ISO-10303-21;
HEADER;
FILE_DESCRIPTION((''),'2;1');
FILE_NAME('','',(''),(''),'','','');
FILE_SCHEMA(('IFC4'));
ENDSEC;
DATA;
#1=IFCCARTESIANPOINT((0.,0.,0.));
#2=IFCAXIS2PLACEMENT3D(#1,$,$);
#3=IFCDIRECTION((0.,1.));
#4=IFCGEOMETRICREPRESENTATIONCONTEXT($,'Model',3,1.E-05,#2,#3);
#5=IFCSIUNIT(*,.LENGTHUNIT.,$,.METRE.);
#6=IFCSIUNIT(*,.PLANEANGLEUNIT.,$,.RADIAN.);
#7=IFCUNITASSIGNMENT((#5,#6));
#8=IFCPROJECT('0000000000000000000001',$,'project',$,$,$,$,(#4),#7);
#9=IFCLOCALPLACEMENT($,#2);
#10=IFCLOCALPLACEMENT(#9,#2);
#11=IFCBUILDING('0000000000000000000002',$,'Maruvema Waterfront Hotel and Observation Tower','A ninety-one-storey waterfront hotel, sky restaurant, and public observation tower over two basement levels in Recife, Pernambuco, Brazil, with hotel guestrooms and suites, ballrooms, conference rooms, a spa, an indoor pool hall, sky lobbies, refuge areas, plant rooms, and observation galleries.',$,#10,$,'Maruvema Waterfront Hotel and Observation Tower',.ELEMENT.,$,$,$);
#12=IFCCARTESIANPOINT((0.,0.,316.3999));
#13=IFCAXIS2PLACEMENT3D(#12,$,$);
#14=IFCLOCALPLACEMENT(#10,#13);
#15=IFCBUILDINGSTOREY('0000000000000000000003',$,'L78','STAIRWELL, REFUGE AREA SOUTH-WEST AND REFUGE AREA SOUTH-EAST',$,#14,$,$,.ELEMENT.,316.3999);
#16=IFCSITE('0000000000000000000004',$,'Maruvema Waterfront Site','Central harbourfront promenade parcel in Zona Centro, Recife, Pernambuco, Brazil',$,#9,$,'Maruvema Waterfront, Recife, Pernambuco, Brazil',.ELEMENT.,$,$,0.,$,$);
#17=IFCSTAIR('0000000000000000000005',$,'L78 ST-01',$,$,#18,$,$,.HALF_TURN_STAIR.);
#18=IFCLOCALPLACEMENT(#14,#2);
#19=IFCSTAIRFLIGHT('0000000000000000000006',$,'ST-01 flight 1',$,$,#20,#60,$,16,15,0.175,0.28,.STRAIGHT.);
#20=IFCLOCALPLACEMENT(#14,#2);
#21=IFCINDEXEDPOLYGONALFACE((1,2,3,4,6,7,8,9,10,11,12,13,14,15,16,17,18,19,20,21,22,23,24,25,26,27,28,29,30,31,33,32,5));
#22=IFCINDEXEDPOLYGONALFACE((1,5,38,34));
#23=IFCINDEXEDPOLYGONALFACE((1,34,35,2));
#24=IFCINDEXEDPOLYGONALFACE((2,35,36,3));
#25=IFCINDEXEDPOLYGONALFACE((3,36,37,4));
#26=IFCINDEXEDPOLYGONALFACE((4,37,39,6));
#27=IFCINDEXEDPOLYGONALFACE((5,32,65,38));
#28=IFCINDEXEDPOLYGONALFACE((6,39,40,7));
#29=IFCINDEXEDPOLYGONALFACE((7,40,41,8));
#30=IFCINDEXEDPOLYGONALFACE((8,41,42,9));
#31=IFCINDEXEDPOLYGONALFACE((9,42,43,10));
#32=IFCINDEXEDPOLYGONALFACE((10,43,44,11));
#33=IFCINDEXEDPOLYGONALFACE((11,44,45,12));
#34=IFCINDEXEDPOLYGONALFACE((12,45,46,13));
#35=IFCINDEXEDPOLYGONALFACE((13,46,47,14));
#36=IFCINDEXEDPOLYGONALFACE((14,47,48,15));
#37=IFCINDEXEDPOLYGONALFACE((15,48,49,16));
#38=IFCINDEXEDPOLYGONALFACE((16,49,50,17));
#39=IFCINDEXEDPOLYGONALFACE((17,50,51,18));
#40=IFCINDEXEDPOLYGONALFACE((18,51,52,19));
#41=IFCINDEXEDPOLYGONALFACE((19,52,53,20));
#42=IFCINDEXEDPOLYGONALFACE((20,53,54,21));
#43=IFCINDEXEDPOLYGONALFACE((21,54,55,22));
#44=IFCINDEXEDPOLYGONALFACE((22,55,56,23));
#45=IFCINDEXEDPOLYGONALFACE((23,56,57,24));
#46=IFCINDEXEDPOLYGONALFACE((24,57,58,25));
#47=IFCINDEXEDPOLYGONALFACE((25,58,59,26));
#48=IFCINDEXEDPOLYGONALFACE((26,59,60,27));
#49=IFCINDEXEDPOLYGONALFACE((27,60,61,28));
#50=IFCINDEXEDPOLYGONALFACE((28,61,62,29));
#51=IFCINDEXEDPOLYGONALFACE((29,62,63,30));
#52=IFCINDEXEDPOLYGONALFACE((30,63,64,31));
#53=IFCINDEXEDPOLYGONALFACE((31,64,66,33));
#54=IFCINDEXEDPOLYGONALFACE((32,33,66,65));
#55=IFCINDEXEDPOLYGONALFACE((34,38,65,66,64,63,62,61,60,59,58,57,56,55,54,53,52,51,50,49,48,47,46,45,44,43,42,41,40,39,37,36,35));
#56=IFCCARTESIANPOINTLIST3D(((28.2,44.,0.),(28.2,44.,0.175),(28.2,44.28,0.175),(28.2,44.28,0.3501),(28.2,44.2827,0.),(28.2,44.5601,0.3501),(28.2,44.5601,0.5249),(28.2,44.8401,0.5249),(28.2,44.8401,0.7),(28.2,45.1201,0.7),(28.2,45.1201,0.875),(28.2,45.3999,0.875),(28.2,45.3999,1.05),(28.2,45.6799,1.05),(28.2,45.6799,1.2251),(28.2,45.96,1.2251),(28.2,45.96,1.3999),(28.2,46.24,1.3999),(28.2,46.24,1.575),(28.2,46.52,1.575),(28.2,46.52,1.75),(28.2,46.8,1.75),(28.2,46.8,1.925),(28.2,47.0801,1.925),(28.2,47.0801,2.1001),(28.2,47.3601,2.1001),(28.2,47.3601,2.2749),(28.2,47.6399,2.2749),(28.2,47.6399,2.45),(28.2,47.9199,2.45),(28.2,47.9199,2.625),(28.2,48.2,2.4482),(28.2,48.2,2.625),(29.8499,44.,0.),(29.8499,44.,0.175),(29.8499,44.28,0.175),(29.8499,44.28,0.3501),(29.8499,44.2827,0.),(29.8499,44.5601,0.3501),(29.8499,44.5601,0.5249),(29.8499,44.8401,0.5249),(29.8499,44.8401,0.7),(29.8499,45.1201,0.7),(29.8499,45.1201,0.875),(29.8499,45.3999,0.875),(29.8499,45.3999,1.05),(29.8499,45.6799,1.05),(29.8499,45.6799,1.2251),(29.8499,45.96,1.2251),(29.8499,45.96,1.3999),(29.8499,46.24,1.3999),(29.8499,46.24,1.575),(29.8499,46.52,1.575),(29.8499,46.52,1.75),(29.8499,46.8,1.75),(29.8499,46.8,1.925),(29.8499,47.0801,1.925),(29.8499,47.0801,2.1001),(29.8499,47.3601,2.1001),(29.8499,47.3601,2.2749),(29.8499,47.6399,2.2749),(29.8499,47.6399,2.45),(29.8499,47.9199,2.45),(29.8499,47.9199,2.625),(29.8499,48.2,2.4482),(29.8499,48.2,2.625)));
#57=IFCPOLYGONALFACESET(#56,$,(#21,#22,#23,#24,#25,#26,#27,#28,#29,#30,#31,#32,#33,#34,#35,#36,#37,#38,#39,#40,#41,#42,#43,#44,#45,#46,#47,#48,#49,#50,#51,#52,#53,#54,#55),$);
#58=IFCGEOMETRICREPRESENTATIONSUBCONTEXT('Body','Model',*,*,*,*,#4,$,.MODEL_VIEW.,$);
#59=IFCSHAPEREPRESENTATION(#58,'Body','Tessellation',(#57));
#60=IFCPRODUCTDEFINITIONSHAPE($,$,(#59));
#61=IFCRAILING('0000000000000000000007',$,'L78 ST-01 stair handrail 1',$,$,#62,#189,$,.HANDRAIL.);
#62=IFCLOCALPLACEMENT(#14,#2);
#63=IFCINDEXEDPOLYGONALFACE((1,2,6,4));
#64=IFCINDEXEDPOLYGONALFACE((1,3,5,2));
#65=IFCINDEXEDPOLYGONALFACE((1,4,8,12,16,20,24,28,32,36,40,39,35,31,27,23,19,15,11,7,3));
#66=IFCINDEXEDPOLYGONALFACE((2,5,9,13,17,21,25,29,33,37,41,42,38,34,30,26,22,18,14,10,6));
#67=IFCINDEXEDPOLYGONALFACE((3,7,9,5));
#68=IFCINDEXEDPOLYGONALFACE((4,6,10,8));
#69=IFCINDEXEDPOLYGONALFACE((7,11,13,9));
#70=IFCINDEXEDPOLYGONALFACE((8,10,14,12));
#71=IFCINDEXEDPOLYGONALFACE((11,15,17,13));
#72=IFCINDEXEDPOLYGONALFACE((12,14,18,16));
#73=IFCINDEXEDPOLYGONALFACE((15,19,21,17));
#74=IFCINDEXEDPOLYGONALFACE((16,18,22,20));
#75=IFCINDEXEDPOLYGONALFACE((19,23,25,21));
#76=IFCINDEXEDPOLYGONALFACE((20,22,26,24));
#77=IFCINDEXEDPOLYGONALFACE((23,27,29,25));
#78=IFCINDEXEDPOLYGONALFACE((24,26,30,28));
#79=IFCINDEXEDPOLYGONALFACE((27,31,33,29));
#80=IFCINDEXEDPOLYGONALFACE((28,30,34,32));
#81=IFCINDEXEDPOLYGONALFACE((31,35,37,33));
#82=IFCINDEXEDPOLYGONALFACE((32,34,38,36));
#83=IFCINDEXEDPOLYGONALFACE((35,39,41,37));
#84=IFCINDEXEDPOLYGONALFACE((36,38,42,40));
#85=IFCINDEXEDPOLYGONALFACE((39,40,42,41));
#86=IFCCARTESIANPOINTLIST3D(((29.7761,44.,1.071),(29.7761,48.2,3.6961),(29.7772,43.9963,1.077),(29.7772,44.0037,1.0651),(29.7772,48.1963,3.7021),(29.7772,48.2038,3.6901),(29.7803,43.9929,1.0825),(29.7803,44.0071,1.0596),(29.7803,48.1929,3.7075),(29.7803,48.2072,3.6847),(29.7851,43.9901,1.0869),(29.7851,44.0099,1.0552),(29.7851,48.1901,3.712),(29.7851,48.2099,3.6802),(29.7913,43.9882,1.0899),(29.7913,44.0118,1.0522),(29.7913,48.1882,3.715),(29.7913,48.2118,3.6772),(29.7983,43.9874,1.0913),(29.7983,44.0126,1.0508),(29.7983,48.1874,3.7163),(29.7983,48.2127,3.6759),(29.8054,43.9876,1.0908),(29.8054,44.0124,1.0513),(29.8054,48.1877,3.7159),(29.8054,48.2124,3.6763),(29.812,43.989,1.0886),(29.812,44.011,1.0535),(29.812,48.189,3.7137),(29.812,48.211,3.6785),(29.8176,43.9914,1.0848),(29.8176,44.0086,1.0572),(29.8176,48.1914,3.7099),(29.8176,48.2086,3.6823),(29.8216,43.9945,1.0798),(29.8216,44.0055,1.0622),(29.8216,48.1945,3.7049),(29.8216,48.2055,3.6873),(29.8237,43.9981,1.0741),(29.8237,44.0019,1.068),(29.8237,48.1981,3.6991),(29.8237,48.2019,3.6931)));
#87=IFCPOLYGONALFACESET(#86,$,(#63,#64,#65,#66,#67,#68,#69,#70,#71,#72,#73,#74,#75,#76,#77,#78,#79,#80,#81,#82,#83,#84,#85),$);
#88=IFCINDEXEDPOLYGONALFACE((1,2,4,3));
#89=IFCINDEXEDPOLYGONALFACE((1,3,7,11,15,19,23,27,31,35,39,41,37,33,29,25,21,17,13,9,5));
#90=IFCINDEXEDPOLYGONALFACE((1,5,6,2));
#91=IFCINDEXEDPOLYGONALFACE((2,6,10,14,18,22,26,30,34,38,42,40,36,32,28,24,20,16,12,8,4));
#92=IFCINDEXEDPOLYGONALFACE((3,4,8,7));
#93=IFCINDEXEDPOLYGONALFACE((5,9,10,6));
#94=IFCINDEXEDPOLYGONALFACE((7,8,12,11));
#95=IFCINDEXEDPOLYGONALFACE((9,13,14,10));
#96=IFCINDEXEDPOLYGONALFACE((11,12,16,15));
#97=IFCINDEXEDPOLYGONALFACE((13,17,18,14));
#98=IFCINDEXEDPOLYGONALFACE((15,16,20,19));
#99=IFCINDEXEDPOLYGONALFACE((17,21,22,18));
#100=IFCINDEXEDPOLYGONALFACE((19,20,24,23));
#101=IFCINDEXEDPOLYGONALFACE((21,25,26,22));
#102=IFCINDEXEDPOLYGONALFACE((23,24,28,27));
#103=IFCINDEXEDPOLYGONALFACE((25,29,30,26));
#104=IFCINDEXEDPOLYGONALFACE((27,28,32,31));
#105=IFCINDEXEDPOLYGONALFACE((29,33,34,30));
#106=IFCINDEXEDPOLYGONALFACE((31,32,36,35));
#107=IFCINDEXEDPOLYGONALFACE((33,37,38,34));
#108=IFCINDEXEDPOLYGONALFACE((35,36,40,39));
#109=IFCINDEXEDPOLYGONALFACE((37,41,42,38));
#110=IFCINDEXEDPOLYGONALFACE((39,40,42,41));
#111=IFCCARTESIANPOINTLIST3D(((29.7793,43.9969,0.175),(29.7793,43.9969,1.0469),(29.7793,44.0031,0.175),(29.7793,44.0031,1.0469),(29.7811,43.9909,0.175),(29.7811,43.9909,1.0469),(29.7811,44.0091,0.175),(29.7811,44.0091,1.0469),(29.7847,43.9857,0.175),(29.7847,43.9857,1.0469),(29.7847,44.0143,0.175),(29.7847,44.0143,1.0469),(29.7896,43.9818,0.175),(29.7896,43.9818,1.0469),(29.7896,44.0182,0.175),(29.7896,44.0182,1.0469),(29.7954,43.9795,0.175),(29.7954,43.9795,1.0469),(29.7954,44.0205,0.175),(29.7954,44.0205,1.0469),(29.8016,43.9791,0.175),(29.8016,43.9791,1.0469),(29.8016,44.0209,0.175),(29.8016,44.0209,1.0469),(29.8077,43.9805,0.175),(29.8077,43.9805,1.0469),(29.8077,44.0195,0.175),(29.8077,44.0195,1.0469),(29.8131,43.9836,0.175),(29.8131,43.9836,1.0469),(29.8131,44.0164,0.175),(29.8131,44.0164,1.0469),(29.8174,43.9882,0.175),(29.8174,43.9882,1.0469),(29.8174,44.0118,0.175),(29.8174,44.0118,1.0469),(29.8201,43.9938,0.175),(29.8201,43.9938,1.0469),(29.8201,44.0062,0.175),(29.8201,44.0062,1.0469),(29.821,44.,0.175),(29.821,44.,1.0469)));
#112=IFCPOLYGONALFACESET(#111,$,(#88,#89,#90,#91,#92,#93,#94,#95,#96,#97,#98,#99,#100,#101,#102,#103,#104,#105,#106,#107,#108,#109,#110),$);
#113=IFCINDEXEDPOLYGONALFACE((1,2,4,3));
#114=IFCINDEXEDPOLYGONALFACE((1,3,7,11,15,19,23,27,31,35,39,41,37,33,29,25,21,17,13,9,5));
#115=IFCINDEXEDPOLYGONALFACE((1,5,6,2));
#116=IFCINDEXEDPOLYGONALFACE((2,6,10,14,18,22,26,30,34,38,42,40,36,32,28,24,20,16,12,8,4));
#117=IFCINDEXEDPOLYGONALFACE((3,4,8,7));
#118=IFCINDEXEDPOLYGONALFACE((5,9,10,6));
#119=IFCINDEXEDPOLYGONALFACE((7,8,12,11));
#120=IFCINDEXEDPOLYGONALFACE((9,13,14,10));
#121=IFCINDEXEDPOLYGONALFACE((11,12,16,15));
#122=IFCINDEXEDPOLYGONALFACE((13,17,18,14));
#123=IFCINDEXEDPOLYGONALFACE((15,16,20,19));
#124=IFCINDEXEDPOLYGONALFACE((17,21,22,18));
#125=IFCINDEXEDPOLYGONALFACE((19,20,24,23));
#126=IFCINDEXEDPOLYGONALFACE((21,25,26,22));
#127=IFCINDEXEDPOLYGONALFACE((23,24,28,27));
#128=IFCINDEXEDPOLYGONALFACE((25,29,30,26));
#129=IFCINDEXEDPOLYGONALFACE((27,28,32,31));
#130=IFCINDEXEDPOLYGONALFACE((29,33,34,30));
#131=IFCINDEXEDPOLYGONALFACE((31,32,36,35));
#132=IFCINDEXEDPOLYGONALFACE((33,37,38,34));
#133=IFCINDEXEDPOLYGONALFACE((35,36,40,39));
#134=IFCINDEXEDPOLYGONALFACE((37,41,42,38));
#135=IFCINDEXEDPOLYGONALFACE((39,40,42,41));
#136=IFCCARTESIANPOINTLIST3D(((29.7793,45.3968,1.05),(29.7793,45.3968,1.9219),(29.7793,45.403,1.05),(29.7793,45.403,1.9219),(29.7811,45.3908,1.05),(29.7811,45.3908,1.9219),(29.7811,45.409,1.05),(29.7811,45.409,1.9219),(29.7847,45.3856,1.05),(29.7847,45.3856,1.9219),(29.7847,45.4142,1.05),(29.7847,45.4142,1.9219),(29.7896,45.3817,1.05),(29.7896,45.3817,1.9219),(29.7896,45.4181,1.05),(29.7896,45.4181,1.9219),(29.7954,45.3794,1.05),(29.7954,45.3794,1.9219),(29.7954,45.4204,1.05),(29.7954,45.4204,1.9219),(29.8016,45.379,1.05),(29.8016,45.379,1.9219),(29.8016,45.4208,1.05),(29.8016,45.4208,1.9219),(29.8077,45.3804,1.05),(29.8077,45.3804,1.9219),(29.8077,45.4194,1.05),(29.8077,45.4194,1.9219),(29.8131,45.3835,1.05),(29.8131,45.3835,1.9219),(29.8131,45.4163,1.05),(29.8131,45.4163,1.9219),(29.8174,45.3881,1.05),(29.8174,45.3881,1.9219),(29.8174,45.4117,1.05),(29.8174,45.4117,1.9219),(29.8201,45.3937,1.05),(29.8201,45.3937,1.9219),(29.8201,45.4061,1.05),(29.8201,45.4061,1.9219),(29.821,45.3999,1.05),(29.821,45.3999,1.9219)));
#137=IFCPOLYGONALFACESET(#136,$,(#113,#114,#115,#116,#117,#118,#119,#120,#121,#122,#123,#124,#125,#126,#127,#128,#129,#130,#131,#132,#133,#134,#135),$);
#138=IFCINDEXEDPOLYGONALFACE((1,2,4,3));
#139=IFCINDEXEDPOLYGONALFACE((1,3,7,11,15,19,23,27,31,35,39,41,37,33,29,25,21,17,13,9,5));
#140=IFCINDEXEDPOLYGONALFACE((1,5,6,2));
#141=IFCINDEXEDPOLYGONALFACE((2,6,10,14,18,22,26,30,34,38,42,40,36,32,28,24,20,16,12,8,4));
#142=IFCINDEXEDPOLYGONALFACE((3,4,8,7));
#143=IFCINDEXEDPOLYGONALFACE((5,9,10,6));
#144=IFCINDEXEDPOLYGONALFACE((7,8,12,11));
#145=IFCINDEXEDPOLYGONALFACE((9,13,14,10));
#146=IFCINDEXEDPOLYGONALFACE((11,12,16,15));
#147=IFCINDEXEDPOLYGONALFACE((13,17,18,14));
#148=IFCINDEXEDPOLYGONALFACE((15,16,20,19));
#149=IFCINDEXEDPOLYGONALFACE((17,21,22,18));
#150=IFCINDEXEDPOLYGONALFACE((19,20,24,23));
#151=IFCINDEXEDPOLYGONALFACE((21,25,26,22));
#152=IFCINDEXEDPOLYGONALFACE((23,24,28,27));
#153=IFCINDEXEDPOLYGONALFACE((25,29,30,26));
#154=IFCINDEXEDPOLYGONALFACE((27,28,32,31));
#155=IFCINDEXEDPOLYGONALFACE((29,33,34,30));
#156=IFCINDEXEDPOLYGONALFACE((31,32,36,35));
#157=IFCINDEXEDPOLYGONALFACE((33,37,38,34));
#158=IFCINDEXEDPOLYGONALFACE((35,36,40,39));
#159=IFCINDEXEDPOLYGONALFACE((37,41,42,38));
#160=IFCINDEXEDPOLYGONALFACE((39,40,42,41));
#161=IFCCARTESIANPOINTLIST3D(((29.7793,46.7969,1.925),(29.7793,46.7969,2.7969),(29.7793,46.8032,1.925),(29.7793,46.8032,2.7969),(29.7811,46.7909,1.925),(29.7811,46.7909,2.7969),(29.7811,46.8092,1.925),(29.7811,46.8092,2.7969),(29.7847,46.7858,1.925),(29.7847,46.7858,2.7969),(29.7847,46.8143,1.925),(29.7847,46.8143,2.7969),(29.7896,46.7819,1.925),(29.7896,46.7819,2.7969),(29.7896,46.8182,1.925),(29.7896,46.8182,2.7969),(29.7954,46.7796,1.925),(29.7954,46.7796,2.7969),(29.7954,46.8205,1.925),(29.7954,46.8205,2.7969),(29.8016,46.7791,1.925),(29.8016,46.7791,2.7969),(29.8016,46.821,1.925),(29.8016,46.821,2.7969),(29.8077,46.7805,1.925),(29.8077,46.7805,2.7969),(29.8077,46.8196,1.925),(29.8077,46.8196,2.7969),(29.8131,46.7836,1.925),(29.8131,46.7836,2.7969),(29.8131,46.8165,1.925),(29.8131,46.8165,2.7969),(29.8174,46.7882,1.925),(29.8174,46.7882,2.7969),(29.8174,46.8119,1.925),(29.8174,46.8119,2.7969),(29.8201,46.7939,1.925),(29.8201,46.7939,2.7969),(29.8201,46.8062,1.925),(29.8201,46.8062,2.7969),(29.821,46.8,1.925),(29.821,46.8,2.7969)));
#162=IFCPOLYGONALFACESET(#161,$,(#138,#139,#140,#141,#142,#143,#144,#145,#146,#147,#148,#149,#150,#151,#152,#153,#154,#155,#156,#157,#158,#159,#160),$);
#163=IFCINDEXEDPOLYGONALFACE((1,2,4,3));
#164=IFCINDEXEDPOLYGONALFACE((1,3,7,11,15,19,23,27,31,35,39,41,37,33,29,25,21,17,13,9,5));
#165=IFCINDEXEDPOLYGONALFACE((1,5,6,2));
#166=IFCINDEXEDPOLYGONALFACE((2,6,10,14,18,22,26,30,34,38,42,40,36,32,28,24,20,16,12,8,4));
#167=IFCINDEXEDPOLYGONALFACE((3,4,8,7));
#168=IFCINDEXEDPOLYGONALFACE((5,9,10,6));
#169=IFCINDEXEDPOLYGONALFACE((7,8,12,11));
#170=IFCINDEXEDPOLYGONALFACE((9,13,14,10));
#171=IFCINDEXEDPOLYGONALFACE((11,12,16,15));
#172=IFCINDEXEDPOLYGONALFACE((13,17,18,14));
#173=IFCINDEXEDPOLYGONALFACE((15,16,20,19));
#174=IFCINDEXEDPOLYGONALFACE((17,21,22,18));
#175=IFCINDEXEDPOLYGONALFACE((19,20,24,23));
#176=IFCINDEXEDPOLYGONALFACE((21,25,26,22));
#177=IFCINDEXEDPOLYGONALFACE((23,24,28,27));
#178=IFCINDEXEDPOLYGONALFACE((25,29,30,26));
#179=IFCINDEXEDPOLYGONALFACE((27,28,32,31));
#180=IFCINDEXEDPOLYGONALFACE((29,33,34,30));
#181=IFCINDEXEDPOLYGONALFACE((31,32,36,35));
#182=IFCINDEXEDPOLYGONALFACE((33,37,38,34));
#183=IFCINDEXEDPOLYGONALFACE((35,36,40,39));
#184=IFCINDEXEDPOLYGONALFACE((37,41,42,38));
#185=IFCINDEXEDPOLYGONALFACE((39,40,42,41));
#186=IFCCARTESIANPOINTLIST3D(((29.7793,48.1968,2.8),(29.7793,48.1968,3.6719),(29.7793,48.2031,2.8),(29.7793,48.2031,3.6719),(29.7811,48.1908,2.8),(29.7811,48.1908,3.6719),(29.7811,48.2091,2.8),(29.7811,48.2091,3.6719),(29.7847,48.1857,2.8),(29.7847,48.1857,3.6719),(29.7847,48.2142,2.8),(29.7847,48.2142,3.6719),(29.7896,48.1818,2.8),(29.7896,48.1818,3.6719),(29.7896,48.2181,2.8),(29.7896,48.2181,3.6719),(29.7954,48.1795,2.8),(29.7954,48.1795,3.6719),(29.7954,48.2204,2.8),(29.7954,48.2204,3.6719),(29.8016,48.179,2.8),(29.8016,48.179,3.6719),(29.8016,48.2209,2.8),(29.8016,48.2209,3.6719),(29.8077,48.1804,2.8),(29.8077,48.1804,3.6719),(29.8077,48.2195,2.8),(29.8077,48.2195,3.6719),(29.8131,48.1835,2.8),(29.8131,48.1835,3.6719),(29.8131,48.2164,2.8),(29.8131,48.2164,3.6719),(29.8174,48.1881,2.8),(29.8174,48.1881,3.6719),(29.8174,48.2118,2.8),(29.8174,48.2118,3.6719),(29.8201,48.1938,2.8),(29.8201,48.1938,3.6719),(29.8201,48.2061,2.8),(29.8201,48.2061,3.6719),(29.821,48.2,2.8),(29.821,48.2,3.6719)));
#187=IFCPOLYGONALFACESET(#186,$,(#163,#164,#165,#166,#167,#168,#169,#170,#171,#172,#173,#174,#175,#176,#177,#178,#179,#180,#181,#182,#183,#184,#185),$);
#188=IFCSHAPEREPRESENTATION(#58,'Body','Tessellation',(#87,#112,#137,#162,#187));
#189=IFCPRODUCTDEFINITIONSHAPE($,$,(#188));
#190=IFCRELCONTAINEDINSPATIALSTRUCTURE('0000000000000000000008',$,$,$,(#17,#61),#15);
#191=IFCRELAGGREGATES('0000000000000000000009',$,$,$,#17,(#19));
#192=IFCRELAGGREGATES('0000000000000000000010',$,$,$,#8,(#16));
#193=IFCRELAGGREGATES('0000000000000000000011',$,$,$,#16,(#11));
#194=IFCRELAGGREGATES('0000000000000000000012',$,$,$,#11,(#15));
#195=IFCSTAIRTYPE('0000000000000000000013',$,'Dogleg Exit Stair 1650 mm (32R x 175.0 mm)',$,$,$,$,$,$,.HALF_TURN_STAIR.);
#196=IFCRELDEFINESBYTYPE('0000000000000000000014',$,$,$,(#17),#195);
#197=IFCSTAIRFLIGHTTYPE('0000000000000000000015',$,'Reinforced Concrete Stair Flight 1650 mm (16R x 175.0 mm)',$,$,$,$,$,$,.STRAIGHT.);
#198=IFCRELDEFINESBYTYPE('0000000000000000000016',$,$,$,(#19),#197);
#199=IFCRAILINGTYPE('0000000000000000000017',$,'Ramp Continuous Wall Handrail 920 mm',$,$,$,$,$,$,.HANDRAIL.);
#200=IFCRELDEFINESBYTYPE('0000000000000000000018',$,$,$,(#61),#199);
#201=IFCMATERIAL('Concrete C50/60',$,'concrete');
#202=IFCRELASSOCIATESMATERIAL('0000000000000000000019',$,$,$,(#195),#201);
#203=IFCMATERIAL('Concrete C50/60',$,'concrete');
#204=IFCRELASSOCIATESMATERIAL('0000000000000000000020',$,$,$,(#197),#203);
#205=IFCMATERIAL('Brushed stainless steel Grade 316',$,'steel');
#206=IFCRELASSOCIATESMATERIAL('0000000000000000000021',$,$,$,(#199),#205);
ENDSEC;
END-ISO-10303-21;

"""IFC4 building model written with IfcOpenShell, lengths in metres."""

from ifc_helpers import new_model, si_unit, direction, frame, origin, origin_2d, place, context, subcontext, project, spatial, polyline, circle, outline, extrude, material, type_object, element, aggregate, save


model = new_model("IFC4")

# Units and contexts
model_context = context("Model", 3, precision=1e-05, world=origin(), true_north=direction((0.0, 1.0)))
body_context = subcontext(model_context, "Body", "Model", "MODEL_VIEW")
ifc_project = project(units=[si_unit("LENGTHUNIT", "METRE"), si_unit("PLANEANGLEUNIT", "RADIAN")], contexts=[model_context])

# Site, building, storey
site_placement = place(None, origin())
site = spatial("IfcSite", under=ifc_project, at=site_placement, Name="Maruvema Waterfront Site", Description="Central harbourfront promenade parcel in Zona Centro, Recife, Pernambuco, Brazil", LongName="Maruvema Waterfront, Recife, Pernambuco, Brazil", CompositionType="ELEMENT", RefElevation=0.0)
building_placement = place(site_placement, origin())
building = spatial("IfcBuilding", under=site, at=building_placement, Name="Maruvema Waterfront Hotel and Observation Tower", Description="A ninety-one-storey waterfront hotel, sky restaurant, and public observation tower over two basement levels in Recife, Pernambuco, Brazil, with hotel guestrooms and suites, ballrooms, conference rooms, a spa, an indoor pool hall, sky lobbies, refuge areas, plant rooms, and observation galleries.", LongName="Maruvema Waterfront Hotel and Observation Tower", CompositionType="ELEMENT")
storey_placement = place(building_placement, frame((0.0, 0.0, 316.3999)))
storey = spatial("IfcBuildingStorey", under=building, at=storey_placement, Name="L78", Description="STAIRWELL, REFUGE AREA SOUTH-WEST AND REFUGE AREA SOUTH-EAST", CompositionType="ELEMENT", Elevation=316.3999)

# Stair, stair flight
ifc_material_1 = material(Name="Concrete C50/60", Category="concrete")
stair_type = type_object("IfcStairType", Name="Dogleg Exit Stair 1650 mm (32R x 175.0 mm)", PredefinedType="HALF_TURN_STAIR", material=ifc_material_1)
stair_placement = place(storey_placement, origin())
stair = element("IfcStair", 1, at=stair_placement, inside=storey, type_object=stair_type, Name="L78 ST-01", PredefinedType="HALF_TURN_STAIR")
ifc_material_2 = material(Name="Concrete C50/60", Category="concrete")
stair_flight_type = type_object("IfcStairFlightType", Name="Reinforced Concrete Stair Flight 1650 mm (16R x 175.0 mm)", PredefinedType="STRAIGHT", material=ifc_material_2)
stair_flight_placement = place(storey_placement, frame((29.0249, 44.0, 0.0), z_axis=(0.0, 0.0, 1.0), x_axis=(0.0, 1.0, 0.0)))
stair_flight = element("IfcStairFlight", 2, at=stair_flight_placement, type_object=stair_flight_type, Name="ST-01 flight 1", NumberOfRisers=16, NumberOfTreads=15, PredefinedType="STRAIGHT", RiserHeight=0.175, TreadLength=0.28, context=body_context, shape_type="SweptSolid", body=[
    extrude(outline(polyline([(0.0, 0.0), (0.0, 0.175), (0.28, 0.175), (0.28, 0.3501), (0.5601, 0.3501), (0.5601, 0.5249), (0.8401, 0.5249), (0.8401, 0.7), (1.1201, 0.7), (1.1201, 0.875), (1.3999, 0.875), (1.3999, 1.05), (1.6799, 1.05), (1.6799, 1.2251), (1.96, 1.2251), (1.96, 1.3999), (2.24, 1.3999), (2.24, 1.575), (2.52, 1.575), (2.52, 1.75), (2.8, 1.75), (2.8, 1.925), (3.0801, 1.925), (3.0801, 2.1001), (3.3601, 2.1001), (3.3601, 2.2749), (3.6399, 2.2749), (3.6399, 2.45), (3.9199, 2.45), (3.9199, 2.625), (4.2, 2.625), (4.2, 2.8), (4.2, 2.4482), (0.2827, 0.0), (0.0, 0.0)])), frame((0.0, 0.825, 0.0), z_axis=(0.0, -1.0, 0.0), x_axis=(1.0, 0.0, 0.0)), (0.0, 0.0, 1.0), 1.6499),
])
aggregate(stair, [stair_flight])

# Railing
ifc_material_3 = material(Name="Brushed stainless steel Grade 316", Category="steel")
railing_type_1 = type_object("IfcRailingType", Name="Ramp Continuous Wall Handrail 920 mm", PredefinedType="HANDRAIL", material=ifc_material_3)
railing_1_placement = place(storey_placement, frame((29.8, 44.0, 0.175)))
element("IfcRailing", 3, at=railing_1_placement, inside=storey, type_object=railing_type_1, Name="L78 ST-01 stair handrail 1", PredefinedType="HANDRAIL", context=body_context, shape_type="SweptSolid", body=[
    extrude(circle(Radius=0.0239, at=origin_2d()), frame((0.0, 0.0, 0.896), z_axis=(0.0, 0.847996, 0.530003), x_axis=(-1.0, 0.0, 0.0)), (0.0, 0.0, 1.0), 4.9529),
    extrude(circle(Radius=0.021, at=origin_2d()), origin(), (0.0, 0.0, 1.0), 0.8718),
    extrude(circle(Radius=0.021, at=origin_2d()), frame((0.0, 1.3999, 0.875)), (0.0, 0.0, 1.0), 0.8718),
    extrude(circle(Radius=0.021, at=origin_2d()), frame((0.0, 2.8, 1.75)), (0.0, 0.0, 1.0), 0.8718),
    extrude(circle(Radius=0.021, at=origin_2d()), frame((0.0, 4.2, 2.625)), (0.0, 0.0, 1.0), 0.8718),
])

save(model, "model.ifc")
